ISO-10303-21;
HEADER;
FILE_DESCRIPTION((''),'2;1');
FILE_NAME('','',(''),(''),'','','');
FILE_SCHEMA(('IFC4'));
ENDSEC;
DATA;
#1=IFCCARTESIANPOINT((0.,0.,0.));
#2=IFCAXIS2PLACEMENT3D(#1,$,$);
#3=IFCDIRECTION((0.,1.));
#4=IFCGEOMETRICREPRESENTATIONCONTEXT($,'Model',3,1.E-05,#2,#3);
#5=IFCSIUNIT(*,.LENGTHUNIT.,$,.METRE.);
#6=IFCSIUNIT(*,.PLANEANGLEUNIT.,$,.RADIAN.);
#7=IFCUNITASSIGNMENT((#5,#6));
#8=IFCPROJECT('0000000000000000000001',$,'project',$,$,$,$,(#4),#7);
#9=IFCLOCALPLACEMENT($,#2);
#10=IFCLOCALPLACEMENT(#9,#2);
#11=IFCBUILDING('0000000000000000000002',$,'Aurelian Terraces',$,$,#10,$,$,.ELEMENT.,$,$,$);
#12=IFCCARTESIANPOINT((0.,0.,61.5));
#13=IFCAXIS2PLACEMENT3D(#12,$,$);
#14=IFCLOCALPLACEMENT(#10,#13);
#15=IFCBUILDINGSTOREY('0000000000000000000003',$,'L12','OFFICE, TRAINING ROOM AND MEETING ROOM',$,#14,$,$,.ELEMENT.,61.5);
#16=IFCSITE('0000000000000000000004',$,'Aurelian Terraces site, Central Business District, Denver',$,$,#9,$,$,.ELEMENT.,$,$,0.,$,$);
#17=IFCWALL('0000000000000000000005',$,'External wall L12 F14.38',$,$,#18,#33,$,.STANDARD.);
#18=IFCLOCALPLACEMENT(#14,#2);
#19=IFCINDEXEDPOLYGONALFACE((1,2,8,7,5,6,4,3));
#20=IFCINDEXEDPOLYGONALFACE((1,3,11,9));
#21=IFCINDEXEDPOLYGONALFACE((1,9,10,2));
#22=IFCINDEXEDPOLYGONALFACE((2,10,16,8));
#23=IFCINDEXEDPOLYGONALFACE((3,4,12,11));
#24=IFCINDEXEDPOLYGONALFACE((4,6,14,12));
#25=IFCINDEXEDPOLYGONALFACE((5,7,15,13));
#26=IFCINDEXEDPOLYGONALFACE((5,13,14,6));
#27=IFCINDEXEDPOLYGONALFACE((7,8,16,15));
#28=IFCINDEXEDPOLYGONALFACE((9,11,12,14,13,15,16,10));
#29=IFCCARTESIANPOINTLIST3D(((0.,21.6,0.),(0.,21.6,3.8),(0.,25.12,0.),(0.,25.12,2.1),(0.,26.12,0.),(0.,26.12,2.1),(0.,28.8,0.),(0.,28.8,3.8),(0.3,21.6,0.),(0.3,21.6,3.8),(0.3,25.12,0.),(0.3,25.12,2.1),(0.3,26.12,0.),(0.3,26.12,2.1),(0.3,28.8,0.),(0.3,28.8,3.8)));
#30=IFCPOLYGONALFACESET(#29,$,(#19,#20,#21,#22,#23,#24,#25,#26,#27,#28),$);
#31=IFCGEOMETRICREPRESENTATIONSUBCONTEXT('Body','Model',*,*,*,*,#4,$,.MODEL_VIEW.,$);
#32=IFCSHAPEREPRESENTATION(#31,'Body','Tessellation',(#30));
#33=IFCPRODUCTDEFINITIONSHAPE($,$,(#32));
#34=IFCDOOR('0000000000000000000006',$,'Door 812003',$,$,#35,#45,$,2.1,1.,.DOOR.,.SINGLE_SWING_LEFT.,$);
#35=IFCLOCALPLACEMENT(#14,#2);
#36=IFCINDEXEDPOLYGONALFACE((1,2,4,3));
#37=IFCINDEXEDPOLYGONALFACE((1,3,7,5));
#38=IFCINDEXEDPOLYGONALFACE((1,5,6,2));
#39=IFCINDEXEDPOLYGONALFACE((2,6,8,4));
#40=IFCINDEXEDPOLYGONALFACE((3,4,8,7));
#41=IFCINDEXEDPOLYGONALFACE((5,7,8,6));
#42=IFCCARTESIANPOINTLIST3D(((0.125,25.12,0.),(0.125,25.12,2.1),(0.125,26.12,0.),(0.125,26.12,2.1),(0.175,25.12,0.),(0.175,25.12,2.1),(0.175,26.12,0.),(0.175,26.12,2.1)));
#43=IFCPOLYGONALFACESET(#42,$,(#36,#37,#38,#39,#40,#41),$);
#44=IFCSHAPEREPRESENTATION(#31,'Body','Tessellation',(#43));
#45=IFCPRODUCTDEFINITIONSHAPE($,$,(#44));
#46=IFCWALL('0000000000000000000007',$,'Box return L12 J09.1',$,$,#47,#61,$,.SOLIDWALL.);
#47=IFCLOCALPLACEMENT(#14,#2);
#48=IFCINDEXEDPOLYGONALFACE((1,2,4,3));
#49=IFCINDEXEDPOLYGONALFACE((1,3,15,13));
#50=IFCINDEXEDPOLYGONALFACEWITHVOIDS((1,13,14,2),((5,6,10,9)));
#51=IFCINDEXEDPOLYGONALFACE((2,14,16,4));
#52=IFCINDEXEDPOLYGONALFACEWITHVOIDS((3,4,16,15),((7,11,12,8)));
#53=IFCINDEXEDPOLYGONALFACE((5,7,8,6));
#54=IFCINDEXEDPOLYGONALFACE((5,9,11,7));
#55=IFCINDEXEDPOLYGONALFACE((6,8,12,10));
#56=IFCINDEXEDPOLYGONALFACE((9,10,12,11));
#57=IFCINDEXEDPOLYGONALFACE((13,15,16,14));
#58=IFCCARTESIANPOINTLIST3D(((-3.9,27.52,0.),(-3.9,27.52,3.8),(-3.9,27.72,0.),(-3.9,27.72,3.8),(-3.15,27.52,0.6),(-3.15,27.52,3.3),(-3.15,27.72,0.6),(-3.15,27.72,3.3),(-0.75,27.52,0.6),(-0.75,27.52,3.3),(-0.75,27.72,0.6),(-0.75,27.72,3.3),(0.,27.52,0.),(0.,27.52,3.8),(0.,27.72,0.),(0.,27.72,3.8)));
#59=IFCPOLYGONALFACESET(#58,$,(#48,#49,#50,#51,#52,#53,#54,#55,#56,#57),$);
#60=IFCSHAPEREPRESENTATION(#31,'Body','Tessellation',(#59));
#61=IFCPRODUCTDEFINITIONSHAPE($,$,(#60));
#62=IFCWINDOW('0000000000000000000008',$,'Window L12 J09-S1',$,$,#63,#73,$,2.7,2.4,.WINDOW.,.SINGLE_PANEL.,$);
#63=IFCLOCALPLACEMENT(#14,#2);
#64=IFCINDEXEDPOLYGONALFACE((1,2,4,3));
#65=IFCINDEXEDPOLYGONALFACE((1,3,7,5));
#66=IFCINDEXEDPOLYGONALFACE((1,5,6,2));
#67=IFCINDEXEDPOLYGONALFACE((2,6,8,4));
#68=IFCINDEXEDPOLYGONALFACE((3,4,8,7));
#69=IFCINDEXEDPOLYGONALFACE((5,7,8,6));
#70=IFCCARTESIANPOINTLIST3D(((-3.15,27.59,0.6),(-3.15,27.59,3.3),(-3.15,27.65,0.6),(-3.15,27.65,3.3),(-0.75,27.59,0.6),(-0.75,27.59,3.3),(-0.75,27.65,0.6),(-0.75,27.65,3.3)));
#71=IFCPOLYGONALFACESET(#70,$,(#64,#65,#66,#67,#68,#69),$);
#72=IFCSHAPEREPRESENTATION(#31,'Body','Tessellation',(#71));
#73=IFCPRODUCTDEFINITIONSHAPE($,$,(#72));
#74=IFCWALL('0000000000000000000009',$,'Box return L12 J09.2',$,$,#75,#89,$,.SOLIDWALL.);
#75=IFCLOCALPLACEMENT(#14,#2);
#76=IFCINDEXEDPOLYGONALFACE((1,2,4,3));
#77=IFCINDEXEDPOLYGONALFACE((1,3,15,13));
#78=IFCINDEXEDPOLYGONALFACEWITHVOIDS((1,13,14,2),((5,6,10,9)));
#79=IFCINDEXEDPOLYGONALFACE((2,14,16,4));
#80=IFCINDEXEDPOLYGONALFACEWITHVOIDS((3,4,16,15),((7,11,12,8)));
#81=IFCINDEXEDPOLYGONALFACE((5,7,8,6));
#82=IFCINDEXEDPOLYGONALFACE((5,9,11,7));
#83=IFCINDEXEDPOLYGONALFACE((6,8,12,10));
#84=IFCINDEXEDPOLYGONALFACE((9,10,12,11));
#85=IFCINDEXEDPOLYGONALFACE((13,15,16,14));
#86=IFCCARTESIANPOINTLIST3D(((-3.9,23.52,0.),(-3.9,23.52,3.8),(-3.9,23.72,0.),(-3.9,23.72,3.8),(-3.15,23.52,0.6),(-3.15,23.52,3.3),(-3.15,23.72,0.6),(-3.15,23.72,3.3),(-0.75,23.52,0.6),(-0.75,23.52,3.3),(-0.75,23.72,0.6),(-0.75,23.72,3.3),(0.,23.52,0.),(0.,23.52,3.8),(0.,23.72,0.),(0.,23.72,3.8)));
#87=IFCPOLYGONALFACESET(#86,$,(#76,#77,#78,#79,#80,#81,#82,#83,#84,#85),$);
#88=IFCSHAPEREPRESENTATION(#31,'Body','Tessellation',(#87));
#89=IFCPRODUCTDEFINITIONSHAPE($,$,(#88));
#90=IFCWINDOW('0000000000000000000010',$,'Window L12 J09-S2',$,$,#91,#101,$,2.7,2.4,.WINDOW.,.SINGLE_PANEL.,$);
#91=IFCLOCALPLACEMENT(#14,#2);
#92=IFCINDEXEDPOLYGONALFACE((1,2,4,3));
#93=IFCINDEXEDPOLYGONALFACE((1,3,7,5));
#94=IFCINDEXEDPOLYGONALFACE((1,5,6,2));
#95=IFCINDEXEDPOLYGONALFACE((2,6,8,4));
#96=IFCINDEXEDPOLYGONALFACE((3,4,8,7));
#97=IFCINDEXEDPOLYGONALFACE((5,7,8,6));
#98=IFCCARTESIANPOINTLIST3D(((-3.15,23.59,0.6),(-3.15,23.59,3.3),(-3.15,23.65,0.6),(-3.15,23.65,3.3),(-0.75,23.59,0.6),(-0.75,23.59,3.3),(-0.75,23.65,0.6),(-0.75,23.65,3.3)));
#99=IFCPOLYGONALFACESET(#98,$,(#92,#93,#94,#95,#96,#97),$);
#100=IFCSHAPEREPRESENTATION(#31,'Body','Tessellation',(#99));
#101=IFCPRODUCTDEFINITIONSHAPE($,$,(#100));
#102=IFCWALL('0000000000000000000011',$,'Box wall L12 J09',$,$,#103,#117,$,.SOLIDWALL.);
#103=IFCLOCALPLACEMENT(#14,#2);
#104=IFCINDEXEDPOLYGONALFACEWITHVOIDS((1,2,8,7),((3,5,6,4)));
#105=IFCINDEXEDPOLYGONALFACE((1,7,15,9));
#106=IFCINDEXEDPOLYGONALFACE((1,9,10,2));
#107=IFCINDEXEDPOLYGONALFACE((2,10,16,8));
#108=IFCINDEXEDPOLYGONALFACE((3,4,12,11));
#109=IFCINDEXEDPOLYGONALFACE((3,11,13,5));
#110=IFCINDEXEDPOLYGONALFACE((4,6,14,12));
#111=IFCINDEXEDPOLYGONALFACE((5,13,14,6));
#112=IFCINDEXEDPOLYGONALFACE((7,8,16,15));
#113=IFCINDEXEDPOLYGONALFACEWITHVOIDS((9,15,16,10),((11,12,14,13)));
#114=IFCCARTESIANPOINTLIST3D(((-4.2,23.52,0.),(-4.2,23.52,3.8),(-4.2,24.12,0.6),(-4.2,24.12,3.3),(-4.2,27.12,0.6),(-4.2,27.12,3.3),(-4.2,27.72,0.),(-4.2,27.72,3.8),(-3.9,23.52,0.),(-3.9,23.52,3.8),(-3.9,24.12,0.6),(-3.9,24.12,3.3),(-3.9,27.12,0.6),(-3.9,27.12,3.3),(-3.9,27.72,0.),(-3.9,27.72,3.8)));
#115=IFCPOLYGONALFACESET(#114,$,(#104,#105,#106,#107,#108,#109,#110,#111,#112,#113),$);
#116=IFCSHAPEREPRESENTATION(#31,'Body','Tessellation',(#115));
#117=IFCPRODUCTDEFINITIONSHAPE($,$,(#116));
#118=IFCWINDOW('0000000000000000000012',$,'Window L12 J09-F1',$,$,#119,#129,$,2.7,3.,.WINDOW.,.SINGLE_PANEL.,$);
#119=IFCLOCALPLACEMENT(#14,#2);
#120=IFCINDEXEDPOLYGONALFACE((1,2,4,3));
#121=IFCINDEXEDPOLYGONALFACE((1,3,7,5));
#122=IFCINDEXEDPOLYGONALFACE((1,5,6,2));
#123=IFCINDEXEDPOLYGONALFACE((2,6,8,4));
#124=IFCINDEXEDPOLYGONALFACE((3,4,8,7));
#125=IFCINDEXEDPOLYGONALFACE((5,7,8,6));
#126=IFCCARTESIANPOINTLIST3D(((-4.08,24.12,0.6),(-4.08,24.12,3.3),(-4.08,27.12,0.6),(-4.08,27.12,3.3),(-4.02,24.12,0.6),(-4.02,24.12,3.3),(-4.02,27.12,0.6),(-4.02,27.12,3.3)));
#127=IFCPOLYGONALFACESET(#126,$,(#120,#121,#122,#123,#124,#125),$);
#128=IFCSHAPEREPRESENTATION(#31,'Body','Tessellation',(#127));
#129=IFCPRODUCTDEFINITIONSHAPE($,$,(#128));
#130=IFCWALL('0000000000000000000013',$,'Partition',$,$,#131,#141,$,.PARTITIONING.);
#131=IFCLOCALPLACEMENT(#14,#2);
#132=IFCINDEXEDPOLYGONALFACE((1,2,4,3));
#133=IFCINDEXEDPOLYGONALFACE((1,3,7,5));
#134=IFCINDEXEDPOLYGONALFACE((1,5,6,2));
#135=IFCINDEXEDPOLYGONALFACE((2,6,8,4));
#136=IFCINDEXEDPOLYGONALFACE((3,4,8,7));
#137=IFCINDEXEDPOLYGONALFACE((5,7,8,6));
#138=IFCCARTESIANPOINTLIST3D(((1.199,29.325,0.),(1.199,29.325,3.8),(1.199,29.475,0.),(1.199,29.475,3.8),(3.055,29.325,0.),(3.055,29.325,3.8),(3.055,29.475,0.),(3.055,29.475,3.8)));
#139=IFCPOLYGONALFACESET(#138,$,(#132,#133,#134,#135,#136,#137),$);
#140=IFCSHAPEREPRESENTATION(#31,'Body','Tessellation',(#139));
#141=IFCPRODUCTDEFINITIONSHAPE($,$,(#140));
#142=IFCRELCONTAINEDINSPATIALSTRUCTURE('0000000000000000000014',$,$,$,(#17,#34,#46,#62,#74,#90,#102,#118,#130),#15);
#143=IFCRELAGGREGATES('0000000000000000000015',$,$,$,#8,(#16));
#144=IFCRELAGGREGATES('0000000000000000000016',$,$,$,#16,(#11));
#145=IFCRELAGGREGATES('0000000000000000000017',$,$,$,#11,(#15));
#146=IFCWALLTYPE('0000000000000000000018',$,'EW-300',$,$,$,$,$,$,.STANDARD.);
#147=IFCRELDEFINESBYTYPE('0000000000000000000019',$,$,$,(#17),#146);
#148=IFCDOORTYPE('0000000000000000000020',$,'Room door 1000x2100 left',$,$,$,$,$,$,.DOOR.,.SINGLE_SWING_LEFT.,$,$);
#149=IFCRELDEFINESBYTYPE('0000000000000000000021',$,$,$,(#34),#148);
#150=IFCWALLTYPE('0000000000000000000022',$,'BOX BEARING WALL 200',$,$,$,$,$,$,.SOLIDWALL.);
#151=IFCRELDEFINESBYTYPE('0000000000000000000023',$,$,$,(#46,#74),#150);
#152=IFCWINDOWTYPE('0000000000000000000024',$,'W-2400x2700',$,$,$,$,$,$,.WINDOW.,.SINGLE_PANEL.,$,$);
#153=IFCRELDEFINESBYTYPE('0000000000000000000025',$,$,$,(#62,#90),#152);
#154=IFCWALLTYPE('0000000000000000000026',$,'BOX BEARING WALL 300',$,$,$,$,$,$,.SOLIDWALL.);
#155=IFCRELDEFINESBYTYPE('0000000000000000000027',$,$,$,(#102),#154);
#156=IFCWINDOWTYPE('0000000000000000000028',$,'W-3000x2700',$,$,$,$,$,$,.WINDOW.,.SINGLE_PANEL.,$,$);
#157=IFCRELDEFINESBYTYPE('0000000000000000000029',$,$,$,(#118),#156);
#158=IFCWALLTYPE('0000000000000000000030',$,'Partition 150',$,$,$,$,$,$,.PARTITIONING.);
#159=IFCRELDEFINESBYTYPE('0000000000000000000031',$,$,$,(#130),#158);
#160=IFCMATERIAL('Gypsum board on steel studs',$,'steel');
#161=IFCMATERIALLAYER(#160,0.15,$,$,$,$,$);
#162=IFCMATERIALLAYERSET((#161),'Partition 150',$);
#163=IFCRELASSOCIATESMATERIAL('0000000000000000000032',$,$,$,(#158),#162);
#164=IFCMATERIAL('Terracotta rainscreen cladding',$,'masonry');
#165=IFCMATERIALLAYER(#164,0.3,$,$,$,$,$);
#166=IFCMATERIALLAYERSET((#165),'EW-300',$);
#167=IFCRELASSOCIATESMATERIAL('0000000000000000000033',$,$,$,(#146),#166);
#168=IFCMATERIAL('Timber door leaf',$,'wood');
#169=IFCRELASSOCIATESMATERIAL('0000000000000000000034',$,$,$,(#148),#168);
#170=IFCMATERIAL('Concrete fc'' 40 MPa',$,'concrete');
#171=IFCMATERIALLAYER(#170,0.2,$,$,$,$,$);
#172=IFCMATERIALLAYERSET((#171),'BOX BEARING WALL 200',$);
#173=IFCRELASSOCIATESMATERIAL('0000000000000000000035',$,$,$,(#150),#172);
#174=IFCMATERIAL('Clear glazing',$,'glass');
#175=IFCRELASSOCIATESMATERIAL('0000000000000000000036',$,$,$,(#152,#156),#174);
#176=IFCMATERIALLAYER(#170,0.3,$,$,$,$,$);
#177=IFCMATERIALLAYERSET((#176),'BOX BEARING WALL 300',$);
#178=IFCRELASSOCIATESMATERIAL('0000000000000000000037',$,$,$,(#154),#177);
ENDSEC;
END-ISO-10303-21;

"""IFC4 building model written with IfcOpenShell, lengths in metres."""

from ifc_helpers import new_model, si_unit, direction, frame, frame_2d, origin, place, context, subcontext, project, spatial, rectangle, extrude, source, transform, mapped, material, layer, layer_set, type_object, element, fill, save


model = new_model("IFC4")

# Units and contexts
model_context = context("Model", 3, precision=1e-05, world=origin(), true_north=direction((0.0, 1.0)))
body_context = subcontext(model_context, "Body", "Model", "MODEL_VIEW")
ifc_project = project(units=[si_unit("LENGTHUNIT", "METRE"), si_unit("PLANEANGLEUNIT", "RADIAN")], contexts=[model_context])

# Site, building, storey
site_placement = place(None, origin())
site = spatial("IfcSite", under=ifc_project, at=site_placement, Name="Aurelian Terraces site, Central Business District, Denver", CompositionType="ELEMENT", RefElevation=0.0)
building_placement = place(site_placement, origin())
building = spatial("IfcBuilding", under=site, at=building_placement, Name="Aurelian Terraces", CompositionType="ELEMENT")
storey_placement = place(building_placement, frame((0.0, 0.0, 61.5)))
storey = spatial("IfcBuildingStorey", under=building, at=storey_placement, Name="L12", Description="OFFICE, TRAINING ROOM AND MEETING ROOM", CompositionType="ELEMENT", Elevation=61.5)

# Shared definitions
ifc_material_1 = material(Name="Gypsum board on steel studs", Category="steel")
ifc_layer_1 = layer(ifc_material_1, 0.15)
ifc_layer_set_1 = layer_set([ifc_layer_1], Name="Partition 150")
wall_type_1 = type_object("IfcWallType", Name="Partition 150", PredefinedType="PARTITIONING", material=ifc_layer_set_1)
ifc_material_2 = material(Name="Timber door leaf", Category="wood")

# Shared definitions
ifc_material_3 = material(Name="Terracotta rainscreen cladding", Category="masonry")
ifc_layer_2 = layer(ifc_material_3, 0.3)
ifc_layer_set_2 = layer_set([ifc_layer_2], Name="EW-300")
wall_type_2 = type_object("IfcWallType", Name="EW-300", PredefinedType="STANDARD", material=ifc_layer_set_2)
shared_shape_1 = source(origin(), body_context, "Body", "SweptSolid", [
    extrude(rectangle(XDim=7.2, YDim=0.3, at=frame_2d((3.6, 0.0))), origin(), (0.0, 0.0, 1.0), 3.8),
])
ifc_material_4 = material(Name="Clear glazing", Category="glass")

# Wall, opening, door
wall_1_placement = place(storey_placement, frame((0.15, 28.8, 0.0), z_axis=(0.0, 0.0, 1.0), x_axis=(0.0, -1.0, 0.0)))
wall_1 = element("IfcWall", 1, at=wall_1_placement, inside=storey, type_object=wall_type_2, Name="External wall L12 F14.38", PredefinedType="STANDARD", context=body_context, shape_type="MappedRepresentation", body=[
    mapped(shared_shape_1, transform((0.0, 0.0, 0.0), scale=1.0)),
])
shared_shape_2 = source(origin(), body_context, "Body", "SweptSolid", [
    extrude(rectangle(XDim=1.0, YDim=2.1, at=frame_2d((0.5, 1.05))), frame((0.0, 0.16, 0.0), z_axis=(0.0, -1.0, 0.0), x_axis=(1.0, 0.0, 0.0)), (0.0, 0.0, 1.0), 0.32),
])
opening_1_placement = place(wall_1_placement, frame((2.68, 0.0, 0.0)))
opening_1 = element("IfcOpeningElement", 2, at=opening_1_placement, cuts=wall_1, PredefinedType="OPENING", context=body_context, shape_type="MappedRepresentation", body=[
    mapped(shared_shape_2, transform((0.0, 0.0, 0.0), scale=1.0)),
])
door_type_1 = type_object("IfcDoorType", Name="Room door 1000x2100 left", OperationType="SINGLE_SWING_LEFT", PredefinedType="DOOR", material=ifc_material_2)
shared_shape_3 = source(origin(), body_context, "Body", "SweptSolid", [
    extrude(rectangle(XDim=1.0, YDim=2.1, at=frame_2d((0.5, 1.05))), frame((0.0, 0.025, 0.0), z_axis=(0.0, -1.0, 0.0), x_axis=(1.0, 0.0, 0.0)), (0.0, 0.0, 1.0), 0.05),
])
door_1_placement = place(opening_1_placement, origin())
door_1 = element("IfcDoor", 3, at=door_1_placement, inside=storey, type_object=door_type_1, Name="Door 812003", OperationType="SINGLE_SWING_LEFT", OverallHeight=2.1, OverallWidth=1.0, PredefinedType="DOOR", context=body_context, shape_type="MappedRepresentation", body=[
    mapped(shared_shape_3, transform((0.0, 0.0, 0.0), scale=1.0)),
])
fill(opening_1, door_1)

# Walls, openings, windows
ifc_material_5 = material(Name="Concrete fc' 40 MPa", Category="concrete")
ifc_layer_3 = layer(ifc_material_5, 0.2)
ifc_layer_set_3 = layer_set([ifc_layer_3], Name="BOX BEARING WALL 200")
wall_type_3 = type_object("IfcWallType", Name="BOX BEARING WALL 200", PredefinedType="SOLIDWALL", material=ifc_layer_set_3)
shared_shape_4 = source(origin(), body_context, "Body", "SweptSolid", [
    extrude(rectangle(XDim=3.9, YDim=0.2, at=frame_2d((1.95, 0.0))), origin(), (0.0, 0.0, 1.0), 3.8),
])
wall_2_placement = place(storey_placement, frame((0.0, 27.62, 0.0), z_axis=(0.0, 0.0, 1.0), x_axis=(-1.0, 0.0, 0.0)))
wall_2 = element("IfcWall", 4, at=wall_2_placement, inside=storey, type_object=wall_type_3, Name="Box return L12 J09.1", PredefinedType="SOLIDWALL", context=body_context, shape_type="MappedRepresentation", body=[
    mapped(shared_shape_4, transform((0.0, 0.0, 0.0), scale=1.0)),
])
shared_shape_5 = source(origin(), body_context, "Body", "SweptSolid", [
    extrude(rectangle(XDim=2.4, YDim=2.7, at=frame_2d((1.2, 1.35))), frame((0.0, 0.11, 0.0), z_axis=(0.0, -1.0, 0.0), x_axis=(1.0, 0.0, 0.0)), (0.0, 0.0, 1.0), 0.22),
])
opening_2_placement = place(wall_2_placement, frame((0.75, 0.0, 0.6)))
opening_2 = element("IfcOpeningElement", 5, at=opening_2_placement, cuts=wall_2, PredefinedType="OPENING", context=body_context, shape_type="MappedRepresentation", body=[
    mapped(shared_shape_5, transform((0.0, 0.0, 0.0), scale=1.0)),
])
window_type_1 = type_object("IfcWindowType", Name="W-2400x2700", PartitioningType="SINGLE_PANEL", PredefinedType="WINDOW", material=ifc_material_4)
shared_shape_6 = source(origin(), body_context, "Body", "SweptSolid", [
    extrude(rectangle(XDim=2.4, YDim=2.7, at=frame_2d((1.2, 1.35))), frame((0.0, 0.03, 0.0), z_axis=(0.0, -1.0, 0.0), x_axis=(1.0, 0.0, 0.0)), (0.0, 0.0, 1.0), 0.06),
])
window_1_placement = place(opening_2_placement, origin())
window_1 = element("IfcWindow", 6, at=window_1_placement, inside=storey, type_object=window_type_1, Name="Window L12 J09-S1", OverallHeight=2.7, OverallWidth=2.4, PartitioningType="SINGLE_PANEL", PredefinedType="WINDOW", context=body_context, shape_type="MappedRepresentation", body=[
    mapped(shared_shape_6, transform((0.0, 0.0, 0.0), scale=1.0)),
])
fill(opening_2, window_1)
wall_3_placement = place(storey_placement, frame((0.0, 23.62, 0.0), z_axis=(0.0, 0.0, 1.0), x_axis=(-1.0, 0.0, 0.0)))
wall_3 = element("IfcWall", 7, at=wall_3_placement, inside=storey, type_object=wall_type_3, Name="Box return L12 J09.2", PredefinedType="SOLIDWALL", context=body_context, shape_type="MappedRepresentation", body=[
    mapped(shared_shape_4, transform((0.0, 0.0, 0.0), scale=1.0)),
])
opening_3_placement = place(wall_3_placement, frame((0.75, 0.0, 0.6)))
opening_3 = element("IfcOpeningElement", 8, at=opening_3_placement, cuts=wall_3, PredefinedType="OPENING", context=body_context, shape_type="MappedRepresentation", body=[
    mapped(shared_shape_5, transform((0.0, 0.0, 0.0), scale=1.0)),
])
window_2_placement = place(opening_3_placement, origin())
window_2 = element("IfcWindow", 9, at=window_2_placement, inside=storey, type_object=window_type_1, Name="Window L12 J09-S2", OverallHeight=2.7, OverallWidth=2.4, PartitioningType="SINGLE_PANEL", PredefinedType="WINDOW", context=body_context, shape_type="MappedRepresentation", body=[
    mapped(shared_shape_6, transform((0.0, 0.0, 0.0), scale=1.0)),
])
fill(opening_3, window_2)
ifc_layer_4 = layer(ifc_material_5, 0.3)
ifc_layer_set_4 = layer_set([ifc_layer_4], Name="BOX BEARING WALL 300")
wall_type_4 = type_object("IfcWallType", Name="BOX BEARING WALL 300", PredefinedType="SOLIDWALL", material=ifc_layer_set_4)
shared_shape_7 = source(origin(), body_context, "Body", "SweptSolid", [
    extrude(rectangle(XDim=4.2, YDim=0.3, at=frame_2d((2.1, 0.0))), origin(), (0.0, 0.0, 1.0), 3.8),
])
wall_4_placement = place(storey_placement, frame((-4.05, 27.72, 0.0), z_axis=(0.0, 0.0, 1.0), x_axis=(0.0, -1.0, 0.0)))
wall_4 = element("IfcWall", 10, at=wall_4_placement, inside=storey, type_object=wall_type_4, Name="Box wall L12 J09", PredefinedType="SOLIDWALL", context=body_context, shape_type="MappedRepresentation", body=[
    mapped(shared_shape_7, transform((0.0, 0.0, 0.0), scale=1.0)),
])
shared_shape_8 = source(origin(), body_context, "Body", "SweptSolid", [
    extrude(rectangle(XDim=3.0, YDim=2.7, at=frame_2d((1.5, 1.35))), frame((0.0, 0.16, 0.0), z_axis=(0.0, -1.0, 0.0), x_axis=(1.0, 0.0, 0.0)), (0.0, 0.0, 1.0), 0.32),
])
opening_4_placement = place(wall_4_placement, frame((0.6, 0.0, 0.6)))
opening_4 = element("IfcOpeningElement", 11, at=opening_4_placement, cuts=wall_4, PredefinedType="OPENING", context=body_context, shape_type="MappedRepresentation", body=[
    mapped(shared_shape_8, transform((0.0, 0.0, 0.0), scale=1.0)),
])
window_type_2 = type_object("IfcWindowType", Name="W-3000x2700", PartitioningType="SINGLE_PANEL", PredefinedType="WINDOW", material=ifc_material_4)
shared_shape_9 = source(origin(), body_context, "Body", "SweptSolid", [
    extrude(rectangle(XDim=3.0, YDim=2.7, at=frame_2d((1.5, 1.35))), frame((0.0, 0.03, 0.0), z_axis=(0.0, -1.0, 0.0), x_axis=(1.0, 0.0, 0.0)), (0.0, 0.0, 1.0), 0.06),
])
window_3_placement = place(opening_4_placement, origin())
window_3 = element("IfcWindow", 12, at=window_3_placement, inside=storey, type_object=window_type_2, Name="Window L12 J09-F1", OverallHeight=2.7, OverallWidth=3.0, PartitioningType="SINGLE_PANEL", PredefinedType="WINDOW", context=body_context, shape_type="MappedRepresentation", body=[
    mapped(shared_shape_9, transform((0.0, 0.0, 0.0), scale=1.0)),
])
fill(opening_4, window_3)

# Wall
shared_shape_10 = source(origin(), body_context, "Body", "SweptSolid", [
    extrude(rectangle(XDim=1.856, YDim=0.15, at=frame_2d((0.928, 0.0))), origin(), (0.0, 0.0, 1.0), 3.8),
])
wall_5_placement = place(storey_placement, frame((3.055, 29.4, 0.0), z_axis=(0.0, 0.0, 1.0), x_axis=(-1.0, 0.0, 0.0)))
element("IfcWall", 13, at=wall_5_placement, inside=storey, type_object=wall_type_1, Name="Partition", PredefinedType="PARTITIONING", context=body_context, shape_type="MappedRepresentation", body=[
    mapped(shared_shape_10, transform((0.0, 0.0, 0.0), scale=1.0)),
])

save(model, "model.ifc")
